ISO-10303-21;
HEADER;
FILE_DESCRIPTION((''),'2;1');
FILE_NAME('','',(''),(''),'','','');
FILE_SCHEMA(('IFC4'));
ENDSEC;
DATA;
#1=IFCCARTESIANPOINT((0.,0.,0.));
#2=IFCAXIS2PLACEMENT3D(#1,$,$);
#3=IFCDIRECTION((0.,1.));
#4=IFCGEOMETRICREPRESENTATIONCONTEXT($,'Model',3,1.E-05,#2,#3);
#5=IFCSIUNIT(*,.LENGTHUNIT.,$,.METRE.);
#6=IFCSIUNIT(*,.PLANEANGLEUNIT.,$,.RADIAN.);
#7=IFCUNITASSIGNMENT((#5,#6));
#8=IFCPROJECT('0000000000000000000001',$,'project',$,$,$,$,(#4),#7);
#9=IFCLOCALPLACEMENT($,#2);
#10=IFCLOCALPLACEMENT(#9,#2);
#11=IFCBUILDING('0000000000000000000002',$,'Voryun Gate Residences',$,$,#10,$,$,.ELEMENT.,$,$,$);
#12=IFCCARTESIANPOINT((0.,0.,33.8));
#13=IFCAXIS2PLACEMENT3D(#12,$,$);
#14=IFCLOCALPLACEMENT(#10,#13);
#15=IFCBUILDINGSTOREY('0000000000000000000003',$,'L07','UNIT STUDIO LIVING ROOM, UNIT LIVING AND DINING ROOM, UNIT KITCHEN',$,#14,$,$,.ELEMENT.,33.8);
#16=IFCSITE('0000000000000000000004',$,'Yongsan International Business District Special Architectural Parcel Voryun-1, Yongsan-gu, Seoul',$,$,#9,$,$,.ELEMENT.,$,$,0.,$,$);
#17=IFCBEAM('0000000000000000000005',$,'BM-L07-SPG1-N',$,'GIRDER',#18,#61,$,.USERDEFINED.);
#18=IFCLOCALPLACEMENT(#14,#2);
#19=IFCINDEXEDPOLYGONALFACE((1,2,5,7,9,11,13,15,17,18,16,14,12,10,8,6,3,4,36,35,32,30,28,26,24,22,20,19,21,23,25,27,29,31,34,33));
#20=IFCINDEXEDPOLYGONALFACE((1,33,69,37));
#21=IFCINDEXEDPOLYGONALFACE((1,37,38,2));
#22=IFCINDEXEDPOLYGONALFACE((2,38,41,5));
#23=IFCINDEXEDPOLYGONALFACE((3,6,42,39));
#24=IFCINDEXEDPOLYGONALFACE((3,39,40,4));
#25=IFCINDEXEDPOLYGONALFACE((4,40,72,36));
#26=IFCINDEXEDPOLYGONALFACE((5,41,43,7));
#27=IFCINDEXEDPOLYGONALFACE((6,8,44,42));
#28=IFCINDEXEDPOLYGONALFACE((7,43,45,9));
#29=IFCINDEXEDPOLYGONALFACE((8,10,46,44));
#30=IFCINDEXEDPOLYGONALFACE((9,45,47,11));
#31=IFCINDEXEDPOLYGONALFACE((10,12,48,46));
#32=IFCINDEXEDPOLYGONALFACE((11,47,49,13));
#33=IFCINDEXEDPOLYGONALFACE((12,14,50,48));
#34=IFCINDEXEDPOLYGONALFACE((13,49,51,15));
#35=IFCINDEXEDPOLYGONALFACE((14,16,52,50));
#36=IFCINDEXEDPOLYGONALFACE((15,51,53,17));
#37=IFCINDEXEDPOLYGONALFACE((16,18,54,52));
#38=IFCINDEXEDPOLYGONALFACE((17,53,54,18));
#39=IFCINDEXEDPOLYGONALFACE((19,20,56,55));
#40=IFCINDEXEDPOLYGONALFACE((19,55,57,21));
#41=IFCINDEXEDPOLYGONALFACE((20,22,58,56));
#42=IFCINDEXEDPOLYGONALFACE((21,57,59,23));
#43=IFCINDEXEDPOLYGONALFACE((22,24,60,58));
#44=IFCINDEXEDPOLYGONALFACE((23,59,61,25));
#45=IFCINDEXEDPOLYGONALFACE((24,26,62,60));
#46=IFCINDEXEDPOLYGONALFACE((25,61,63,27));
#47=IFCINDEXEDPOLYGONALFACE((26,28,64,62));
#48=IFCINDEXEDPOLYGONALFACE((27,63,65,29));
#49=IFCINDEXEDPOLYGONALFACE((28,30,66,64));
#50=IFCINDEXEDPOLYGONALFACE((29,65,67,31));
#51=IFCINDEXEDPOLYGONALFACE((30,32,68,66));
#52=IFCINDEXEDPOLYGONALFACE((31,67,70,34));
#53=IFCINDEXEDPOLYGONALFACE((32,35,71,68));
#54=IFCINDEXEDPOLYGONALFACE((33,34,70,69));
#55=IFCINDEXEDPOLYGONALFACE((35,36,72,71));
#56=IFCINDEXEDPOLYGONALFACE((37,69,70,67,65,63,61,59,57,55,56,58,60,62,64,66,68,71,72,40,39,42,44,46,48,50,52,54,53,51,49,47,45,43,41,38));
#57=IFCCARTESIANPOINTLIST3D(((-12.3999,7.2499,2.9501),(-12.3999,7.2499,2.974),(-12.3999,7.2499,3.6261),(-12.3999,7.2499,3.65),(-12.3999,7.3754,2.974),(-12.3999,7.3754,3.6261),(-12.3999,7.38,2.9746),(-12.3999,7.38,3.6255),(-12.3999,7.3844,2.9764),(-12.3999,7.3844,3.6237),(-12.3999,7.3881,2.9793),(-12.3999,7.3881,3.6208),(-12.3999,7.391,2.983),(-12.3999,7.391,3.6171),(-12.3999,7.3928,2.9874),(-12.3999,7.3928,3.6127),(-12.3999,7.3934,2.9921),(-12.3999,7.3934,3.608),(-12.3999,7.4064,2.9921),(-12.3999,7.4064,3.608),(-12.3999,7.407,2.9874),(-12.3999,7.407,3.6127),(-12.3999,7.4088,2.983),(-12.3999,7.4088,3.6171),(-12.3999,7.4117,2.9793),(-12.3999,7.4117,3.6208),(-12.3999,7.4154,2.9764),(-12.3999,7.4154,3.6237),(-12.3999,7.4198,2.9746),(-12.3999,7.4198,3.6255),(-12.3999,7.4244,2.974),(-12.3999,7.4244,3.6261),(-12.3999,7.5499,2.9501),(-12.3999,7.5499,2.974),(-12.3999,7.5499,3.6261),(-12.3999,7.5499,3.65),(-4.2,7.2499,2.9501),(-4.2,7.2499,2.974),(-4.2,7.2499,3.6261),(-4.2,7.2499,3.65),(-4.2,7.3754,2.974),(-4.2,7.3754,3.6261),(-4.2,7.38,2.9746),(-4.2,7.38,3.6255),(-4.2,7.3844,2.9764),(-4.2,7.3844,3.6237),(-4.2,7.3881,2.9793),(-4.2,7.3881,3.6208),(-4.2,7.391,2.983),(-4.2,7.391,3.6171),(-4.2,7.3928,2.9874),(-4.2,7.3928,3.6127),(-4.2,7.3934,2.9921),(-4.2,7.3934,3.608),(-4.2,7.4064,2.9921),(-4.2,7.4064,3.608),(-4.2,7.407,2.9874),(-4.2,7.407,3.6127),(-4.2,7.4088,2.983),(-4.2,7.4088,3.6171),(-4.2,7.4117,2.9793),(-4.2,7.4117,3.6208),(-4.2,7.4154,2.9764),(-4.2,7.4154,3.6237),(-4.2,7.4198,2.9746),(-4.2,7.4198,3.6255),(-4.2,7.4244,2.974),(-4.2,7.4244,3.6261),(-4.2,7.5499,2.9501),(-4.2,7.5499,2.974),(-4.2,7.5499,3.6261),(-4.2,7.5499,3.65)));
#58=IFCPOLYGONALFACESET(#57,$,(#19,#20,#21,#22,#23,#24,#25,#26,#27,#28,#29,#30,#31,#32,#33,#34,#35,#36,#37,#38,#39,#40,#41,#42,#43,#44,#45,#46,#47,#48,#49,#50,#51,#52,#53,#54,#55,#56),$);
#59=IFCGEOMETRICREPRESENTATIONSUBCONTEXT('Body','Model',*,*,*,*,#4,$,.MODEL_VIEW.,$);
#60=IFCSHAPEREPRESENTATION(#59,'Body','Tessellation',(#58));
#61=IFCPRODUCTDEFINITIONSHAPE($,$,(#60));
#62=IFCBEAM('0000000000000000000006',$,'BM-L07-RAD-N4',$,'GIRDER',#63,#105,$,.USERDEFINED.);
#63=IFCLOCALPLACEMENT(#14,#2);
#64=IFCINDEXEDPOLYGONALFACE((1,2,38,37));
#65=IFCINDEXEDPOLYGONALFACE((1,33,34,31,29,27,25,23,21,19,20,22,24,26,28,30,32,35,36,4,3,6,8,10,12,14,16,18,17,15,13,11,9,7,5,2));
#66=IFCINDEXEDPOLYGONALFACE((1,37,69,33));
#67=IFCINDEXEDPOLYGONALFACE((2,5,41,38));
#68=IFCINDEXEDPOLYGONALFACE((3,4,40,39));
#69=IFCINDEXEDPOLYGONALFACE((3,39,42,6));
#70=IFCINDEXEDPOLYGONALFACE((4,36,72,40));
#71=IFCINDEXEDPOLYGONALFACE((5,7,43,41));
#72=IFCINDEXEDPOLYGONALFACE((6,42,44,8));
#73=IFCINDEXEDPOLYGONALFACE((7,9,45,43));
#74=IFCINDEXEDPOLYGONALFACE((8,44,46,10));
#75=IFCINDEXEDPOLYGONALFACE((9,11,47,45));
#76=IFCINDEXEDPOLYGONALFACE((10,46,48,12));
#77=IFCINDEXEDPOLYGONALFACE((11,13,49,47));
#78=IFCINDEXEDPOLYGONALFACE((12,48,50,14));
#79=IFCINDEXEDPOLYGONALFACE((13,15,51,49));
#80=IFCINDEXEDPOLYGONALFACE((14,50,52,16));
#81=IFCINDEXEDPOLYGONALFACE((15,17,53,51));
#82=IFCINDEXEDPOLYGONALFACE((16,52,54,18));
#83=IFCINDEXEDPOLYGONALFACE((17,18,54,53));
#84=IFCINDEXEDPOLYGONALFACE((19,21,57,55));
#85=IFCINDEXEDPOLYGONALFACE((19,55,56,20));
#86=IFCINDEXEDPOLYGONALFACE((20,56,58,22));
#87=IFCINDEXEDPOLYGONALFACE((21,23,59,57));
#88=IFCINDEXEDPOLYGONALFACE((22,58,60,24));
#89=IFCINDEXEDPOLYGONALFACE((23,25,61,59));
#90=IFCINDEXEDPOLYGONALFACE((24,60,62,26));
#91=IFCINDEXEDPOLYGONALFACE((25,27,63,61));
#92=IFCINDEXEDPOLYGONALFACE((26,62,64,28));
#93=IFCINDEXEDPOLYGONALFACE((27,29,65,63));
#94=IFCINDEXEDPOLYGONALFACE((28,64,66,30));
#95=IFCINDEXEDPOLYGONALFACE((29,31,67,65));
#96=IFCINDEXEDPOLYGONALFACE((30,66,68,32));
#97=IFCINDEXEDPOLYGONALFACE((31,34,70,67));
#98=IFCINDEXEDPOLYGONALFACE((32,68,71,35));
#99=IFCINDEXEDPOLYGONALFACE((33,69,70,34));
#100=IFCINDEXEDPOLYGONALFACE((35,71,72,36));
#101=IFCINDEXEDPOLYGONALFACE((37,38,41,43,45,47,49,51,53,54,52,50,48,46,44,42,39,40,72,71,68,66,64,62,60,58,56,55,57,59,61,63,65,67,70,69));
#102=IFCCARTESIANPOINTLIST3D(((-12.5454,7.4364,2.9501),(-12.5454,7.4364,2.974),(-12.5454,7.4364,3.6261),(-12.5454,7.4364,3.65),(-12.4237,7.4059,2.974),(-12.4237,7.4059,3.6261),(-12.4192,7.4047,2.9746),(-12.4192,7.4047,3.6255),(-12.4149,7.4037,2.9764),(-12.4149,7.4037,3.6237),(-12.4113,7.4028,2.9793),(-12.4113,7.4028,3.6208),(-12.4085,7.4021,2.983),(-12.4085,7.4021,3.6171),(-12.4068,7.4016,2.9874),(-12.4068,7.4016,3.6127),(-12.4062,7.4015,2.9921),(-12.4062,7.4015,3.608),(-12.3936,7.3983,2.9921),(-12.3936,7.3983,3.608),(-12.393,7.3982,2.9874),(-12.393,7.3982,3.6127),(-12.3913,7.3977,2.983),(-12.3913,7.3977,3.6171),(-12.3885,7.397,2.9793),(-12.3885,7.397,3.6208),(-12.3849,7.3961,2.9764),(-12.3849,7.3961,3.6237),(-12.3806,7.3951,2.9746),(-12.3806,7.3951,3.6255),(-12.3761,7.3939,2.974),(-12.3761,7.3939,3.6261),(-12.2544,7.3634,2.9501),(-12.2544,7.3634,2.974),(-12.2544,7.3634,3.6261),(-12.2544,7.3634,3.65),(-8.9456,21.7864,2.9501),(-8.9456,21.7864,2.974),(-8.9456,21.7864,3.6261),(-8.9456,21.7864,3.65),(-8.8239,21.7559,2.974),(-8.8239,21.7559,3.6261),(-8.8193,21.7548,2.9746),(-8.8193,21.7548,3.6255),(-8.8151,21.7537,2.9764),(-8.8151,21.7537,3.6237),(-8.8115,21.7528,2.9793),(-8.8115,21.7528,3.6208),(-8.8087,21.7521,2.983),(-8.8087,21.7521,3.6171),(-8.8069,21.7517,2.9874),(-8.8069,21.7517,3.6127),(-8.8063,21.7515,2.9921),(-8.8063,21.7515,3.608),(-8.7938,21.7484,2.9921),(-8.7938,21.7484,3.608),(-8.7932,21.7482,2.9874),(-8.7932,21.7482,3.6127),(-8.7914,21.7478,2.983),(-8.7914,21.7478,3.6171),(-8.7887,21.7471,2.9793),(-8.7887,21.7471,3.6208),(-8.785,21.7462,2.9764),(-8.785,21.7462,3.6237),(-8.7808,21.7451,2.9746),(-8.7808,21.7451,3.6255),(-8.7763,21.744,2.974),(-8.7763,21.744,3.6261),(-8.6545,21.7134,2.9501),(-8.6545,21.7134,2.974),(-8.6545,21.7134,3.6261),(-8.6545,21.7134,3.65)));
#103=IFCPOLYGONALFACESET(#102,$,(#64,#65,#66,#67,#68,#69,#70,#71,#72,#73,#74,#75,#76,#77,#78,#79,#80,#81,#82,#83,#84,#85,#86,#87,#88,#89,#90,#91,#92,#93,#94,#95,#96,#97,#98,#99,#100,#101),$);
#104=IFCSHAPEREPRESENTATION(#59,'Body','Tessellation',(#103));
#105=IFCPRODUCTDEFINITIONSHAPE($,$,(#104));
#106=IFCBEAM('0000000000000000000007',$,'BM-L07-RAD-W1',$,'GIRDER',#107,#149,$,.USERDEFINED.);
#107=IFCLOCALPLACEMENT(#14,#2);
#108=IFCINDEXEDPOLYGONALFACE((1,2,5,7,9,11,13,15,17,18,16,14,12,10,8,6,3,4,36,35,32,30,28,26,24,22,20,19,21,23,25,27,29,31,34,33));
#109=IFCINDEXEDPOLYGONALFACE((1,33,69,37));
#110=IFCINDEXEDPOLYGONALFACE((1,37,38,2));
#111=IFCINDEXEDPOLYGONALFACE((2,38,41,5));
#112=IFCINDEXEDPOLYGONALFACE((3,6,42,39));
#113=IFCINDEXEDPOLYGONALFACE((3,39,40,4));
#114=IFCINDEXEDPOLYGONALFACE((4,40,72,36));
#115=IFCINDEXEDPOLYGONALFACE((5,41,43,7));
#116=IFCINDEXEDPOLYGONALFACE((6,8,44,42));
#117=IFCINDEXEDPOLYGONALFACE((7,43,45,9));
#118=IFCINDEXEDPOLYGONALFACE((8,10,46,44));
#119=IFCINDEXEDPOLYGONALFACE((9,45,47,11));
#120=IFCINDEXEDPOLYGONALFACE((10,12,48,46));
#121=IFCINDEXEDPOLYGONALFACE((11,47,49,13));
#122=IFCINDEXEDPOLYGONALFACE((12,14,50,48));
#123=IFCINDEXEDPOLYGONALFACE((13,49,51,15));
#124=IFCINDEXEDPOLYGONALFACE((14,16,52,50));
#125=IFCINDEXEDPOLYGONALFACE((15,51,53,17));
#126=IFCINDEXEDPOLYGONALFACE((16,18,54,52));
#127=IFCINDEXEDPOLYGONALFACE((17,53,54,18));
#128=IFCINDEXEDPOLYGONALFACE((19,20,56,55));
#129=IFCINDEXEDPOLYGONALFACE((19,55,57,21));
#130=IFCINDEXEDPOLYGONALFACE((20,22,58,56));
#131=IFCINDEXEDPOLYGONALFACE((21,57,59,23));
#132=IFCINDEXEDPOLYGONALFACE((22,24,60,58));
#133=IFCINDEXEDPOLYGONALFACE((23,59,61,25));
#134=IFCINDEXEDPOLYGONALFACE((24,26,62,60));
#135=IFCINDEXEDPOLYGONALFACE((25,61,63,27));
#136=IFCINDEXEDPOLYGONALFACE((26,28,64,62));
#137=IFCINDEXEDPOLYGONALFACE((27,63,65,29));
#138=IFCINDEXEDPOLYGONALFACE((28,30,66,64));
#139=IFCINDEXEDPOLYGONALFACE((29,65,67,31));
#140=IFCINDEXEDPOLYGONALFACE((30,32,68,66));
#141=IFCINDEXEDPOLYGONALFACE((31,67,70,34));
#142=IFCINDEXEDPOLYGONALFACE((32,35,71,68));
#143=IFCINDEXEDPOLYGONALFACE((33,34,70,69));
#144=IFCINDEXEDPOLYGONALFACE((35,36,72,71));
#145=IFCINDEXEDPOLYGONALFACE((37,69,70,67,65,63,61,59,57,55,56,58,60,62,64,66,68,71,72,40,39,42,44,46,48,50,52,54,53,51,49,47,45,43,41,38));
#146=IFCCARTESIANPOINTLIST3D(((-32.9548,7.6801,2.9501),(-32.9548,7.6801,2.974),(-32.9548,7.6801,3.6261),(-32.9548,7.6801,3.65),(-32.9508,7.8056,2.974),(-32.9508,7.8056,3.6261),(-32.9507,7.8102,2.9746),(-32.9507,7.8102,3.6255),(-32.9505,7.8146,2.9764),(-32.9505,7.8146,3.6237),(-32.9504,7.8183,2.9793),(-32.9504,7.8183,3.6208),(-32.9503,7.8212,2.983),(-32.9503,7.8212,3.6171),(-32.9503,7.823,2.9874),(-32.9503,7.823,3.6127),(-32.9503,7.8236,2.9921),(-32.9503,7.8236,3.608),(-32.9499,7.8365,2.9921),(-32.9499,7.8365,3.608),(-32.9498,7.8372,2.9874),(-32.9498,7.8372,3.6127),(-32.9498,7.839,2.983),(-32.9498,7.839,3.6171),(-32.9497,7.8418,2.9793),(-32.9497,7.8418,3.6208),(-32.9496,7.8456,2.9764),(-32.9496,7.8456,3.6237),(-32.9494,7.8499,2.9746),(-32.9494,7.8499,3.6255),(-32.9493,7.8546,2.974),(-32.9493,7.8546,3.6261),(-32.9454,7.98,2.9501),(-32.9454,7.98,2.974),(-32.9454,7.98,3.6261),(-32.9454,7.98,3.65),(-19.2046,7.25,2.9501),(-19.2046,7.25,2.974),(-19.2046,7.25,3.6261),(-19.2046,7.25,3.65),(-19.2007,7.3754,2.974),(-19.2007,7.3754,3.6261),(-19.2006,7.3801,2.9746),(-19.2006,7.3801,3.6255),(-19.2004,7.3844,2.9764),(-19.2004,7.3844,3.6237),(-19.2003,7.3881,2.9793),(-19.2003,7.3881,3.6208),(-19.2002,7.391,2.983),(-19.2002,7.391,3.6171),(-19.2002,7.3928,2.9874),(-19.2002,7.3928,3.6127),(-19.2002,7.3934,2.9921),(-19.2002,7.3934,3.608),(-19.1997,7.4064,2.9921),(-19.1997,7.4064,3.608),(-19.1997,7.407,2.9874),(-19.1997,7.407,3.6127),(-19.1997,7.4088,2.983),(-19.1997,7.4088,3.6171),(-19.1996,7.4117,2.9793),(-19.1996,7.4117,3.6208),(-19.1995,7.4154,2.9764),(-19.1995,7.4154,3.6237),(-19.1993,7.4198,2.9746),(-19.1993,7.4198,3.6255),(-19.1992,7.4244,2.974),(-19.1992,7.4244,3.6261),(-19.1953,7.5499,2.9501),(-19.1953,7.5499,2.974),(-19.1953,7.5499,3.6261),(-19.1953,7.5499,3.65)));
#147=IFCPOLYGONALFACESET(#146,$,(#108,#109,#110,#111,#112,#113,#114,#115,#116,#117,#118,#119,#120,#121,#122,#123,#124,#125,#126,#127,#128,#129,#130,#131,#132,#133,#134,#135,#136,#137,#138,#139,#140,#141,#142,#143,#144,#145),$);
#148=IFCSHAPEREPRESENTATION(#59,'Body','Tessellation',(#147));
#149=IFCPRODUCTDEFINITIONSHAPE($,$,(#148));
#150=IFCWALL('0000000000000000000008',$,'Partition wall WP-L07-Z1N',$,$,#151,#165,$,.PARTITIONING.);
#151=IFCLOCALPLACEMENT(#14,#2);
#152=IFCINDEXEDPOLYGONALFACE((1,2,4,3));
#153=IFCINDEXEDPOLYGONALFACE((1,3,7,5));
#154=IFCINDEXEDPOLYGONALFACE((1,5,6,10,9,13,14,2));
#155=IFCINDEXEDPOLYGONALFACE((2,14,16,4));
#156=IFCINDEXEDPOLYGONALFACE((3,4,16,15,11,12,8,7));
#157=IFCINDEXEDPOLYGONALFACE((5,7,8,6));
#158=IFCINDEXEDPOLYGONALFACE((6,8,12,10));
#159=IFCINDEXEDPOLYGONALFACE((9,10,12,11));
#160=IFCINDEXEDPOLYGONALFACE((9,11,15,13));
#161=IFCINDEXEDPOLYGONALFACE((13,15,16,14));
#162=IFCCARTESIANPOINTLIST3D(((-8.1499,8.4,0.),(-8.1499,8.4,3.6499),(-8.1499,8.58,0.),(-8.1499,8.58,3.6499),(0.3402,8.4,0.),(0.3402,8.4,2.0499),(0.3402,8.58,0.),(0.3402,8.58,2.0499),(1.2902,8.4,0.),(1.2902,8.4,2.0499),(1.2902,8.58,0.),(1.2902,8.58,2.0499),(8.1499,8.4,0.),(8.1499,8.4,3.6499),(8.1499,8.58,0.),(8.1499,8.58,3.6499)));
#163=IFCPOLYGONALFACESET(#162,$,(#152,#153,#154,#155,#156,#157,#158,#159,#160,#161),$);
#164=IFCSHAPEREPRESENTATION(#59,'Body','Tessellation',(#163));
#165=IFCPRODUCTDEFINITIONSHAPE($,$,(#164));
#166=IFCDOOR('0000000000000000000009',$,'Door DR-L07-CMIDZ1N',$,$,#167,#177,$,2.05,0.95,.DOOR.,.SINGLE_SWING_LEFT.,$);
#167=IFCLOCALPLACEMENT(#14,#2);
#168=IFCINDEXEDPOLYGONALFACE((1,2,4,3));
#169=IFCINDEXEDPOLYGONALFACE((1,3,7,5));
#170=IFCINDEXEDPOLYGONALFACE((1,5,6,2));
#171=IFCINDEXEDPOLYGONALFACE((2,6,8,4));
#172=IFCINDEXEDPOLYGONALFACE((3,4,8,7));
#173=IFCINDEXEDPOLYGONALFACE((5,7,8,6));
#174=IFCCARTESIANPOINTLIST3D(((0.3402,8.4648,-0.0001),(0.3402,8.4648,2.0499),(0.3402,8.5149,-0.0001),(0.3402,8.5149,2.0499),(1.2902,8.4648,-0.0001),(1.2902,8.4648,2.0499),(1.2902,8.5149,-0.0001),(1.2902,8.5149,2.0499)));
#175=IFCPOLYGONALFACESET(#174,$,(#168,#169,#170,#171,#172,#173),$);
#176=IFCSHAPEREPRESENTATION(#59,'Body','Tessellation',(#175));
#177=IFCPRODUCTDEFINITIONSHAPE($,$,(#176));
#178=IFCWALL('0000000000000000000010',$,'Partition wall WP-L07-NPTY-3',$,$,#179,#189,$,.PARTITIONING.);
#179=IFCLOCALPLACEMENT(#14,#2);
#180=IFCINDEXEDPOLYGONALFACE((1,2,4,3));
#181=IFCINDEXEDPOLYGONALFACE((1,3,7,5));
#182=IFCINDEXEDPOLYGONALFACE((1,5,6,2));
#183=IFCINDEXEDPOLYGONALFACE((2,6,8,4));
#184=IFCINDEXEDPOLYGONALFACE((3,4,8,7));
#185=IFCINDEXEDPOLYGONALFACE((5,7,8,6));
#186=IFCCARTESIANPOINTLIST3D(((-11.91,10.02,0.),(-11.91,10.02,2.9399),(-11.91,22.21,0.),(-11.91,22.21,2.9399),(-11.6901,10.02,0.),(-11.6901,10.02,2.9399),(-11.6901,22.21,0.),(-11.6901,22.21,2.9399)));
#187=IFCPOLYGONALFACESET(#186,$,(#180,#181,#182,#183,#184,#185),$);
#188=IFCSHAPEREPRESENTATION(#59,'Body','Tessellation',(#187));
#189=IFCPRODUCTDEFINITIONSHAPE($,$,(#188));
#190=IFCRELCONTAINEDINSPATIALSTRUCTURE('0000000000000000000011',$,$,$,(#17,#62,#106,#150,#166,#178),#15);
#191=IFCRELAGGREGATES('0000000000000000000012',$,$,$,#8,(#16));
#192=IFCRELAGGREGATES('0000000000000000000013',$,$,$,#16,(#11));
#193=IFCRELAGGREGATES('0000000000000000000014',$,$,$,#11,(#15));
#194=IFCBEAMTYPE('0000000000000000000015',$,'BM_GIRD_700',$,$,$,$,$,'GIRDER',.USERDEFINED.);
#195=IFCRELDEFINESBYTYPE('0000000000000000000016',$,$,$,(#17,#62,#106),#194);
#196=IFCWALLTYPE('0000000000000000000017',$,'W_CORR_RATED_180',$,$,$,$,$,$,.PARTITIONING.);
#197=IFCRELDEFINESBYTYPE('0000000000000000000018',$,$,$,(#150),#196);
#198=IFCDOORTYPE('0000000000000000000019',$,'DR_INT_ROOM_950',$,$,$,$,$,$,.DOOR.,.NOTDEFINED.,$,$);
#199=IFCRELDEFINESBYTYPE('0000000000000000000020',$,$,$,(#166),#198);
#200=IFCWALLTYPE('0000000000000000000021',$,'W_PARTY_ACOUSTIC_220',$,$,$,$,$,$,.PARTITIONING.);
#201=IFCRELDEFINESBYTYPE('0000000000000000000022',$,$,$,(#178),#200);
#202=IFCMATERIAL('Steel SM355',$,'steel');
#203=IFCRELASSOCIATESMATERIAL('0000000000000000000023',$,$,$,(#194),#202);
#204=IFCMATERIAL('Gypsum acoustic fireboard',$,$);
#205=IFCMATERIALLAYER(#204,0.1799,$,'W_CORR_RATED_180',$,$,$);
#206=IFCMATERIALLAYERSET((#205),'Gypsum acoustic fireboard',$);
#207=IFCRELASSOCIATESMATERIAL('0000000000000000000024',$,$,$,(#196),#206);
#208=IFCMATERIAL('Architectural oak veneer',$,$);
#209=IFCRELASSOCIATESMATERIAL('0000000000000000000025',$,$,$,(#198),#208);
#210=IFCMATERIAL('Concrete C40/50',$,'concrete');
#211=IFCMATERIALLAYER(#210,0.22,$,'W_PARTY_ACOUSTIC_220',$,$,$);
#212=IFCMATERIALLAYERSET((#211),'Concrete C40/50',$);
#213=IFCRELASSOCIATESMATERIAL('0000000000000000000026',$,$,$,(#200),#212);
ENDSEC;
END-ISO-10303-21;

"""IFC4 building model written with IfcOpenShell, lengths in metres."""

from ifc_helpers import new_model, si_unit, direction, frame, frame_2d, origin, origin_2d, place, context, subcontext, project, spatial, rectangle, i_section, extrude, material, layer, layer_set, material_profile, profile_set, type_object, element, fill, save


model = new_model("IFC4")

# Units and contexts
model_context = context("Model", 3, precision=1e-05, world=origin(), true_north=direction((0.0, 1.0)))
body_context = subcontext(model_context, "Body", "Model", "MODEL_VIEW")
ifc_project = project(units=[si_unit("LENGTHUNIT", "METRE"), si_unit("PLANEANGLEUNIT", "RADIAN")], contexts=[model_context])

# Site, building, storey
site_placement = place(None, origin())
site = spatial("IfcSite", under=ifc_project, at=site_placement, Name="Yongsan International Business District Special Architectural Parcel Voryun-1, Yongsan-gu, Seoul", CompositionType="ELEMENT", RefElevation=0.0)
building_placement = place(site_placement, origin())
building = spatial("IfcBuilding", under=site, at=building_placement, Name="Voryun Gate Residences", CompositionType="ELEMENT")
storey_placement = place(building_placement, frame((0.0, 0.0, 33.8)))
storey = spatial("IfcBuildingStorey", under=building, at=storey_placement, Name="L07", Description="UNIT STUDIO LIVING ROOM, UNIT LIVING AND DINING ROOM, UNIT KITCHEN", CompositionType="ELEMENT", Elevation=33.8)

# Beams
ifc_material_1 = material(Name="Steel SM355", Category="steel")
ifc_material_profile_1 = material_profile(ifc_material_1, i_section(OverallWidth=0.3, OverallDepth=0.7, WebThickness=0.0129, FlangeThickness=0.0239, FilletRadius=0.0181, at=origin_2d()), Name="H-700x300x13x24")
ifc_profile_set_1 = profile_set([ifc_material_profile_1], Name="Steel SM355")
beam_type_1 = type_object("IfcBeamType", Name="BM_GIRD_700", ElementType="GIRDER", PredefinedType="USERDEFINED", material=ifc_profile_set_1)
beam_1_placement = place(storey_placement, frame((-12.3999, 7.3999, 3.3), z_axis=(1.0, 0.0, 0.0), x_axis=(0.0, 1.0, 0.0)))
element("IfcBeam", 1, at=beam_1_placement, inside=storey, type_object=beam_type_1, Name="BM-L07-SPG1-N", ObjectType="GIRDER", PredefinedType="USERDEFINED", context=body_context, shape_type="SweptSolid", body=[
    extrude(i_section(OverallWidth=0.3, OverallDepth=0.7, WebThickness=0.0129, FlangeThickness=0.0239, FilletRadius=0.0181, at=origin_2d()), origin(), (0.0, 0.0, 1.0), 8.2),
])
beam_2_placement = place(storey_placement, frame((-12.3999, 7.3999, 3.3), z_axis=(0.24332, 0.969946, 0.0), x_axis=(-0.969946, 0.24332, 0.0)))
element("IfcBeam", 2, at=beam_2_placement, inside=storey, type_object=beam_type_1, Name="BM-L07-RAD-N4", ObjectType="GIRDER", PredefinedType="USERDEFINED", context=body_context, shape_type="SweptSolid", body=[
    extrude(i_section(OverallWidth=0.3, OverallDepth=0.7, WebThickness=0.0129, FlangeThickness=0.0239, FilletRadius=0.0181, at=origin_2d()), origin(), (0.0, 0.0, 1.0), 14.7947),
])
beam_3_placement = place(storey_placement, frame((-19.2, 7.3999, 3.3), z_axis=(-0.999511, 0.03127, 0.0), x_axis=(-0.03127, -0.999511, 0.0)))
element("IfcBeam", 3, at=beam_3_placement, inside=storey, type_object=beam_type_1, Name="BM-L07-RAD-W1", ObjectType="GIRDER", PredefinedType="USERDEFINED", context=body_context, shape_type="SweptSolid", body=[
    extrude(i_section(OverallWidth=0.3, OverallDepth=0.7, WebThickness=0.0129, FlangeThickness=0.0239, FilletRadius=0.0181, at=origin_2d()), origin(), (0.0, 0.0, 1.0), 13.7568),
])

# Wall, opening, door
ifc_material_2 = material(Name="Gypsum acoustic fireboard")
ifc_layer_1 = layer(ifc_material_2, 0.1799, Name="W_CORR_RATED_180")
ifc_layer_set_1 = layer_set([ifc_layer_1], Name="Gypsum acoustic fireboard")
wall_type_1 = type_object("IfcWallType", Name="W_CORR_RATED_180", PredefinedType="PARTITIONING", material=ifc_layer_set_1)
wall_1_placement = place(storey_placement, frame((-8.1499, 8.49, 0.0), z_axis=(0.0, 0.0, 1.0), x_axis=(1.0, 0.0, 0.0)))
wall_1 = element("IfcWall", 4, at=wall_1_placement, inside=storey, type_object=wall_type_1, Name="Partition wall WP-L07-Z1N", PredefinedType="PARTITIONING", context=body_context, shape_type="SweptSolid", body=[
    extrude(rectangle(XDim=16.2998, YDim=0.1799, at=frame_2d((8.1499, 0.0))), origin(), (0.0, 0.0, 1.0), 3.6499),
])
opening_1_placement = place(wall_1_placement, frame((8.49, 0.0, 0.0)))
opening_1 = element("IfcOpeningElement", 5, at=opening_1_placement, cuts=wall_1, PredefinedType="OPENING", context=body_context, shape_type="SweptSolid", body=[
    extrude(rectangle(XDim=0.95, YDim=2.05, at=frame_2d((0.4751, 1.0249))), frame((0.0, 0.0999, 0.0), z_axis=(0.0, -1.0, 0.0), x_axis=(1.0, 0.0, 0.0)), (0.0, 0.0, 1.0), 0.2),
])
ifc_material_3 = material(Name="Architectural oak veneer")
door_type_1 = type_object("IfcDoorType", Name="DR_INT_ROOM_950", OperationType="NOTDEFINED", PredefinedType="DOOR", material=ifc_material_3)
door_1_placement = place(opening_1_placement, origin())
door_1 = element("IfcDoor", 6, at=door_1_placement, inside=storey, type_object=door_type_1, Name="Door DR-L07-CMIDZ1N", OperationType="SINGLE_SWING_LEFT", OverallHeight=2.05, OverallWidth=0.95, PredefinedType="DOOR", context=body_context, shape_type="SweptSolid", body=[
    extrude(rectangle(XDim=0.95, YDim=2.05, at=frame_2d((0.4751, 1.0249))), frame((0.0, 0.0249, 0.0), z_axis=(0.0, -1.0, 0.0), x_axis=(1.0, 0.0, 0.0)), (0.0, 0.0, 1.0), 0.05),
])
fill(opening_1, door_1)

# Wall
ifc_material_4 = material(Name="Concrete C40/50", Category="concrete")
ifc_layer_2 = layer(ifc_material_4, 0.22, Name="W_PARTY_ACOUSTIC_220")
ifc_layer_set_2 = layer_set([ifc_layer_2], Name="Concrete C40/50")
wall_type_2 = type_object("IfcWallType", Name="W_PARTY_ACOUSTIC_220", PredefinedType="PARTITIONING", material=ifc_layer_set_2)
wall_2_placement = place(storey_placement, frame((-11.8, 10.02, 0.0), z_axis=(0.0, 0.0, 1.0), x_axis=(0.0, 1.0, 0.0)))
element("IfcWall", 7, at=wall_2_placement, inside=storey, type_object=wall_type_2, Name="Partition wall WP-L07-NPTY-3", PredefinedType="PARTITIONING", context=body_context, shape_type="SweptSolid", body=[
    extrude(rectangle(XDim=12.1899, YDim=0.22, at=frame_2d((6.095, 0.0))), origin(), (0.0, 0.0, 1.0), 2.9399),
])

save(model, "model.ifc")
